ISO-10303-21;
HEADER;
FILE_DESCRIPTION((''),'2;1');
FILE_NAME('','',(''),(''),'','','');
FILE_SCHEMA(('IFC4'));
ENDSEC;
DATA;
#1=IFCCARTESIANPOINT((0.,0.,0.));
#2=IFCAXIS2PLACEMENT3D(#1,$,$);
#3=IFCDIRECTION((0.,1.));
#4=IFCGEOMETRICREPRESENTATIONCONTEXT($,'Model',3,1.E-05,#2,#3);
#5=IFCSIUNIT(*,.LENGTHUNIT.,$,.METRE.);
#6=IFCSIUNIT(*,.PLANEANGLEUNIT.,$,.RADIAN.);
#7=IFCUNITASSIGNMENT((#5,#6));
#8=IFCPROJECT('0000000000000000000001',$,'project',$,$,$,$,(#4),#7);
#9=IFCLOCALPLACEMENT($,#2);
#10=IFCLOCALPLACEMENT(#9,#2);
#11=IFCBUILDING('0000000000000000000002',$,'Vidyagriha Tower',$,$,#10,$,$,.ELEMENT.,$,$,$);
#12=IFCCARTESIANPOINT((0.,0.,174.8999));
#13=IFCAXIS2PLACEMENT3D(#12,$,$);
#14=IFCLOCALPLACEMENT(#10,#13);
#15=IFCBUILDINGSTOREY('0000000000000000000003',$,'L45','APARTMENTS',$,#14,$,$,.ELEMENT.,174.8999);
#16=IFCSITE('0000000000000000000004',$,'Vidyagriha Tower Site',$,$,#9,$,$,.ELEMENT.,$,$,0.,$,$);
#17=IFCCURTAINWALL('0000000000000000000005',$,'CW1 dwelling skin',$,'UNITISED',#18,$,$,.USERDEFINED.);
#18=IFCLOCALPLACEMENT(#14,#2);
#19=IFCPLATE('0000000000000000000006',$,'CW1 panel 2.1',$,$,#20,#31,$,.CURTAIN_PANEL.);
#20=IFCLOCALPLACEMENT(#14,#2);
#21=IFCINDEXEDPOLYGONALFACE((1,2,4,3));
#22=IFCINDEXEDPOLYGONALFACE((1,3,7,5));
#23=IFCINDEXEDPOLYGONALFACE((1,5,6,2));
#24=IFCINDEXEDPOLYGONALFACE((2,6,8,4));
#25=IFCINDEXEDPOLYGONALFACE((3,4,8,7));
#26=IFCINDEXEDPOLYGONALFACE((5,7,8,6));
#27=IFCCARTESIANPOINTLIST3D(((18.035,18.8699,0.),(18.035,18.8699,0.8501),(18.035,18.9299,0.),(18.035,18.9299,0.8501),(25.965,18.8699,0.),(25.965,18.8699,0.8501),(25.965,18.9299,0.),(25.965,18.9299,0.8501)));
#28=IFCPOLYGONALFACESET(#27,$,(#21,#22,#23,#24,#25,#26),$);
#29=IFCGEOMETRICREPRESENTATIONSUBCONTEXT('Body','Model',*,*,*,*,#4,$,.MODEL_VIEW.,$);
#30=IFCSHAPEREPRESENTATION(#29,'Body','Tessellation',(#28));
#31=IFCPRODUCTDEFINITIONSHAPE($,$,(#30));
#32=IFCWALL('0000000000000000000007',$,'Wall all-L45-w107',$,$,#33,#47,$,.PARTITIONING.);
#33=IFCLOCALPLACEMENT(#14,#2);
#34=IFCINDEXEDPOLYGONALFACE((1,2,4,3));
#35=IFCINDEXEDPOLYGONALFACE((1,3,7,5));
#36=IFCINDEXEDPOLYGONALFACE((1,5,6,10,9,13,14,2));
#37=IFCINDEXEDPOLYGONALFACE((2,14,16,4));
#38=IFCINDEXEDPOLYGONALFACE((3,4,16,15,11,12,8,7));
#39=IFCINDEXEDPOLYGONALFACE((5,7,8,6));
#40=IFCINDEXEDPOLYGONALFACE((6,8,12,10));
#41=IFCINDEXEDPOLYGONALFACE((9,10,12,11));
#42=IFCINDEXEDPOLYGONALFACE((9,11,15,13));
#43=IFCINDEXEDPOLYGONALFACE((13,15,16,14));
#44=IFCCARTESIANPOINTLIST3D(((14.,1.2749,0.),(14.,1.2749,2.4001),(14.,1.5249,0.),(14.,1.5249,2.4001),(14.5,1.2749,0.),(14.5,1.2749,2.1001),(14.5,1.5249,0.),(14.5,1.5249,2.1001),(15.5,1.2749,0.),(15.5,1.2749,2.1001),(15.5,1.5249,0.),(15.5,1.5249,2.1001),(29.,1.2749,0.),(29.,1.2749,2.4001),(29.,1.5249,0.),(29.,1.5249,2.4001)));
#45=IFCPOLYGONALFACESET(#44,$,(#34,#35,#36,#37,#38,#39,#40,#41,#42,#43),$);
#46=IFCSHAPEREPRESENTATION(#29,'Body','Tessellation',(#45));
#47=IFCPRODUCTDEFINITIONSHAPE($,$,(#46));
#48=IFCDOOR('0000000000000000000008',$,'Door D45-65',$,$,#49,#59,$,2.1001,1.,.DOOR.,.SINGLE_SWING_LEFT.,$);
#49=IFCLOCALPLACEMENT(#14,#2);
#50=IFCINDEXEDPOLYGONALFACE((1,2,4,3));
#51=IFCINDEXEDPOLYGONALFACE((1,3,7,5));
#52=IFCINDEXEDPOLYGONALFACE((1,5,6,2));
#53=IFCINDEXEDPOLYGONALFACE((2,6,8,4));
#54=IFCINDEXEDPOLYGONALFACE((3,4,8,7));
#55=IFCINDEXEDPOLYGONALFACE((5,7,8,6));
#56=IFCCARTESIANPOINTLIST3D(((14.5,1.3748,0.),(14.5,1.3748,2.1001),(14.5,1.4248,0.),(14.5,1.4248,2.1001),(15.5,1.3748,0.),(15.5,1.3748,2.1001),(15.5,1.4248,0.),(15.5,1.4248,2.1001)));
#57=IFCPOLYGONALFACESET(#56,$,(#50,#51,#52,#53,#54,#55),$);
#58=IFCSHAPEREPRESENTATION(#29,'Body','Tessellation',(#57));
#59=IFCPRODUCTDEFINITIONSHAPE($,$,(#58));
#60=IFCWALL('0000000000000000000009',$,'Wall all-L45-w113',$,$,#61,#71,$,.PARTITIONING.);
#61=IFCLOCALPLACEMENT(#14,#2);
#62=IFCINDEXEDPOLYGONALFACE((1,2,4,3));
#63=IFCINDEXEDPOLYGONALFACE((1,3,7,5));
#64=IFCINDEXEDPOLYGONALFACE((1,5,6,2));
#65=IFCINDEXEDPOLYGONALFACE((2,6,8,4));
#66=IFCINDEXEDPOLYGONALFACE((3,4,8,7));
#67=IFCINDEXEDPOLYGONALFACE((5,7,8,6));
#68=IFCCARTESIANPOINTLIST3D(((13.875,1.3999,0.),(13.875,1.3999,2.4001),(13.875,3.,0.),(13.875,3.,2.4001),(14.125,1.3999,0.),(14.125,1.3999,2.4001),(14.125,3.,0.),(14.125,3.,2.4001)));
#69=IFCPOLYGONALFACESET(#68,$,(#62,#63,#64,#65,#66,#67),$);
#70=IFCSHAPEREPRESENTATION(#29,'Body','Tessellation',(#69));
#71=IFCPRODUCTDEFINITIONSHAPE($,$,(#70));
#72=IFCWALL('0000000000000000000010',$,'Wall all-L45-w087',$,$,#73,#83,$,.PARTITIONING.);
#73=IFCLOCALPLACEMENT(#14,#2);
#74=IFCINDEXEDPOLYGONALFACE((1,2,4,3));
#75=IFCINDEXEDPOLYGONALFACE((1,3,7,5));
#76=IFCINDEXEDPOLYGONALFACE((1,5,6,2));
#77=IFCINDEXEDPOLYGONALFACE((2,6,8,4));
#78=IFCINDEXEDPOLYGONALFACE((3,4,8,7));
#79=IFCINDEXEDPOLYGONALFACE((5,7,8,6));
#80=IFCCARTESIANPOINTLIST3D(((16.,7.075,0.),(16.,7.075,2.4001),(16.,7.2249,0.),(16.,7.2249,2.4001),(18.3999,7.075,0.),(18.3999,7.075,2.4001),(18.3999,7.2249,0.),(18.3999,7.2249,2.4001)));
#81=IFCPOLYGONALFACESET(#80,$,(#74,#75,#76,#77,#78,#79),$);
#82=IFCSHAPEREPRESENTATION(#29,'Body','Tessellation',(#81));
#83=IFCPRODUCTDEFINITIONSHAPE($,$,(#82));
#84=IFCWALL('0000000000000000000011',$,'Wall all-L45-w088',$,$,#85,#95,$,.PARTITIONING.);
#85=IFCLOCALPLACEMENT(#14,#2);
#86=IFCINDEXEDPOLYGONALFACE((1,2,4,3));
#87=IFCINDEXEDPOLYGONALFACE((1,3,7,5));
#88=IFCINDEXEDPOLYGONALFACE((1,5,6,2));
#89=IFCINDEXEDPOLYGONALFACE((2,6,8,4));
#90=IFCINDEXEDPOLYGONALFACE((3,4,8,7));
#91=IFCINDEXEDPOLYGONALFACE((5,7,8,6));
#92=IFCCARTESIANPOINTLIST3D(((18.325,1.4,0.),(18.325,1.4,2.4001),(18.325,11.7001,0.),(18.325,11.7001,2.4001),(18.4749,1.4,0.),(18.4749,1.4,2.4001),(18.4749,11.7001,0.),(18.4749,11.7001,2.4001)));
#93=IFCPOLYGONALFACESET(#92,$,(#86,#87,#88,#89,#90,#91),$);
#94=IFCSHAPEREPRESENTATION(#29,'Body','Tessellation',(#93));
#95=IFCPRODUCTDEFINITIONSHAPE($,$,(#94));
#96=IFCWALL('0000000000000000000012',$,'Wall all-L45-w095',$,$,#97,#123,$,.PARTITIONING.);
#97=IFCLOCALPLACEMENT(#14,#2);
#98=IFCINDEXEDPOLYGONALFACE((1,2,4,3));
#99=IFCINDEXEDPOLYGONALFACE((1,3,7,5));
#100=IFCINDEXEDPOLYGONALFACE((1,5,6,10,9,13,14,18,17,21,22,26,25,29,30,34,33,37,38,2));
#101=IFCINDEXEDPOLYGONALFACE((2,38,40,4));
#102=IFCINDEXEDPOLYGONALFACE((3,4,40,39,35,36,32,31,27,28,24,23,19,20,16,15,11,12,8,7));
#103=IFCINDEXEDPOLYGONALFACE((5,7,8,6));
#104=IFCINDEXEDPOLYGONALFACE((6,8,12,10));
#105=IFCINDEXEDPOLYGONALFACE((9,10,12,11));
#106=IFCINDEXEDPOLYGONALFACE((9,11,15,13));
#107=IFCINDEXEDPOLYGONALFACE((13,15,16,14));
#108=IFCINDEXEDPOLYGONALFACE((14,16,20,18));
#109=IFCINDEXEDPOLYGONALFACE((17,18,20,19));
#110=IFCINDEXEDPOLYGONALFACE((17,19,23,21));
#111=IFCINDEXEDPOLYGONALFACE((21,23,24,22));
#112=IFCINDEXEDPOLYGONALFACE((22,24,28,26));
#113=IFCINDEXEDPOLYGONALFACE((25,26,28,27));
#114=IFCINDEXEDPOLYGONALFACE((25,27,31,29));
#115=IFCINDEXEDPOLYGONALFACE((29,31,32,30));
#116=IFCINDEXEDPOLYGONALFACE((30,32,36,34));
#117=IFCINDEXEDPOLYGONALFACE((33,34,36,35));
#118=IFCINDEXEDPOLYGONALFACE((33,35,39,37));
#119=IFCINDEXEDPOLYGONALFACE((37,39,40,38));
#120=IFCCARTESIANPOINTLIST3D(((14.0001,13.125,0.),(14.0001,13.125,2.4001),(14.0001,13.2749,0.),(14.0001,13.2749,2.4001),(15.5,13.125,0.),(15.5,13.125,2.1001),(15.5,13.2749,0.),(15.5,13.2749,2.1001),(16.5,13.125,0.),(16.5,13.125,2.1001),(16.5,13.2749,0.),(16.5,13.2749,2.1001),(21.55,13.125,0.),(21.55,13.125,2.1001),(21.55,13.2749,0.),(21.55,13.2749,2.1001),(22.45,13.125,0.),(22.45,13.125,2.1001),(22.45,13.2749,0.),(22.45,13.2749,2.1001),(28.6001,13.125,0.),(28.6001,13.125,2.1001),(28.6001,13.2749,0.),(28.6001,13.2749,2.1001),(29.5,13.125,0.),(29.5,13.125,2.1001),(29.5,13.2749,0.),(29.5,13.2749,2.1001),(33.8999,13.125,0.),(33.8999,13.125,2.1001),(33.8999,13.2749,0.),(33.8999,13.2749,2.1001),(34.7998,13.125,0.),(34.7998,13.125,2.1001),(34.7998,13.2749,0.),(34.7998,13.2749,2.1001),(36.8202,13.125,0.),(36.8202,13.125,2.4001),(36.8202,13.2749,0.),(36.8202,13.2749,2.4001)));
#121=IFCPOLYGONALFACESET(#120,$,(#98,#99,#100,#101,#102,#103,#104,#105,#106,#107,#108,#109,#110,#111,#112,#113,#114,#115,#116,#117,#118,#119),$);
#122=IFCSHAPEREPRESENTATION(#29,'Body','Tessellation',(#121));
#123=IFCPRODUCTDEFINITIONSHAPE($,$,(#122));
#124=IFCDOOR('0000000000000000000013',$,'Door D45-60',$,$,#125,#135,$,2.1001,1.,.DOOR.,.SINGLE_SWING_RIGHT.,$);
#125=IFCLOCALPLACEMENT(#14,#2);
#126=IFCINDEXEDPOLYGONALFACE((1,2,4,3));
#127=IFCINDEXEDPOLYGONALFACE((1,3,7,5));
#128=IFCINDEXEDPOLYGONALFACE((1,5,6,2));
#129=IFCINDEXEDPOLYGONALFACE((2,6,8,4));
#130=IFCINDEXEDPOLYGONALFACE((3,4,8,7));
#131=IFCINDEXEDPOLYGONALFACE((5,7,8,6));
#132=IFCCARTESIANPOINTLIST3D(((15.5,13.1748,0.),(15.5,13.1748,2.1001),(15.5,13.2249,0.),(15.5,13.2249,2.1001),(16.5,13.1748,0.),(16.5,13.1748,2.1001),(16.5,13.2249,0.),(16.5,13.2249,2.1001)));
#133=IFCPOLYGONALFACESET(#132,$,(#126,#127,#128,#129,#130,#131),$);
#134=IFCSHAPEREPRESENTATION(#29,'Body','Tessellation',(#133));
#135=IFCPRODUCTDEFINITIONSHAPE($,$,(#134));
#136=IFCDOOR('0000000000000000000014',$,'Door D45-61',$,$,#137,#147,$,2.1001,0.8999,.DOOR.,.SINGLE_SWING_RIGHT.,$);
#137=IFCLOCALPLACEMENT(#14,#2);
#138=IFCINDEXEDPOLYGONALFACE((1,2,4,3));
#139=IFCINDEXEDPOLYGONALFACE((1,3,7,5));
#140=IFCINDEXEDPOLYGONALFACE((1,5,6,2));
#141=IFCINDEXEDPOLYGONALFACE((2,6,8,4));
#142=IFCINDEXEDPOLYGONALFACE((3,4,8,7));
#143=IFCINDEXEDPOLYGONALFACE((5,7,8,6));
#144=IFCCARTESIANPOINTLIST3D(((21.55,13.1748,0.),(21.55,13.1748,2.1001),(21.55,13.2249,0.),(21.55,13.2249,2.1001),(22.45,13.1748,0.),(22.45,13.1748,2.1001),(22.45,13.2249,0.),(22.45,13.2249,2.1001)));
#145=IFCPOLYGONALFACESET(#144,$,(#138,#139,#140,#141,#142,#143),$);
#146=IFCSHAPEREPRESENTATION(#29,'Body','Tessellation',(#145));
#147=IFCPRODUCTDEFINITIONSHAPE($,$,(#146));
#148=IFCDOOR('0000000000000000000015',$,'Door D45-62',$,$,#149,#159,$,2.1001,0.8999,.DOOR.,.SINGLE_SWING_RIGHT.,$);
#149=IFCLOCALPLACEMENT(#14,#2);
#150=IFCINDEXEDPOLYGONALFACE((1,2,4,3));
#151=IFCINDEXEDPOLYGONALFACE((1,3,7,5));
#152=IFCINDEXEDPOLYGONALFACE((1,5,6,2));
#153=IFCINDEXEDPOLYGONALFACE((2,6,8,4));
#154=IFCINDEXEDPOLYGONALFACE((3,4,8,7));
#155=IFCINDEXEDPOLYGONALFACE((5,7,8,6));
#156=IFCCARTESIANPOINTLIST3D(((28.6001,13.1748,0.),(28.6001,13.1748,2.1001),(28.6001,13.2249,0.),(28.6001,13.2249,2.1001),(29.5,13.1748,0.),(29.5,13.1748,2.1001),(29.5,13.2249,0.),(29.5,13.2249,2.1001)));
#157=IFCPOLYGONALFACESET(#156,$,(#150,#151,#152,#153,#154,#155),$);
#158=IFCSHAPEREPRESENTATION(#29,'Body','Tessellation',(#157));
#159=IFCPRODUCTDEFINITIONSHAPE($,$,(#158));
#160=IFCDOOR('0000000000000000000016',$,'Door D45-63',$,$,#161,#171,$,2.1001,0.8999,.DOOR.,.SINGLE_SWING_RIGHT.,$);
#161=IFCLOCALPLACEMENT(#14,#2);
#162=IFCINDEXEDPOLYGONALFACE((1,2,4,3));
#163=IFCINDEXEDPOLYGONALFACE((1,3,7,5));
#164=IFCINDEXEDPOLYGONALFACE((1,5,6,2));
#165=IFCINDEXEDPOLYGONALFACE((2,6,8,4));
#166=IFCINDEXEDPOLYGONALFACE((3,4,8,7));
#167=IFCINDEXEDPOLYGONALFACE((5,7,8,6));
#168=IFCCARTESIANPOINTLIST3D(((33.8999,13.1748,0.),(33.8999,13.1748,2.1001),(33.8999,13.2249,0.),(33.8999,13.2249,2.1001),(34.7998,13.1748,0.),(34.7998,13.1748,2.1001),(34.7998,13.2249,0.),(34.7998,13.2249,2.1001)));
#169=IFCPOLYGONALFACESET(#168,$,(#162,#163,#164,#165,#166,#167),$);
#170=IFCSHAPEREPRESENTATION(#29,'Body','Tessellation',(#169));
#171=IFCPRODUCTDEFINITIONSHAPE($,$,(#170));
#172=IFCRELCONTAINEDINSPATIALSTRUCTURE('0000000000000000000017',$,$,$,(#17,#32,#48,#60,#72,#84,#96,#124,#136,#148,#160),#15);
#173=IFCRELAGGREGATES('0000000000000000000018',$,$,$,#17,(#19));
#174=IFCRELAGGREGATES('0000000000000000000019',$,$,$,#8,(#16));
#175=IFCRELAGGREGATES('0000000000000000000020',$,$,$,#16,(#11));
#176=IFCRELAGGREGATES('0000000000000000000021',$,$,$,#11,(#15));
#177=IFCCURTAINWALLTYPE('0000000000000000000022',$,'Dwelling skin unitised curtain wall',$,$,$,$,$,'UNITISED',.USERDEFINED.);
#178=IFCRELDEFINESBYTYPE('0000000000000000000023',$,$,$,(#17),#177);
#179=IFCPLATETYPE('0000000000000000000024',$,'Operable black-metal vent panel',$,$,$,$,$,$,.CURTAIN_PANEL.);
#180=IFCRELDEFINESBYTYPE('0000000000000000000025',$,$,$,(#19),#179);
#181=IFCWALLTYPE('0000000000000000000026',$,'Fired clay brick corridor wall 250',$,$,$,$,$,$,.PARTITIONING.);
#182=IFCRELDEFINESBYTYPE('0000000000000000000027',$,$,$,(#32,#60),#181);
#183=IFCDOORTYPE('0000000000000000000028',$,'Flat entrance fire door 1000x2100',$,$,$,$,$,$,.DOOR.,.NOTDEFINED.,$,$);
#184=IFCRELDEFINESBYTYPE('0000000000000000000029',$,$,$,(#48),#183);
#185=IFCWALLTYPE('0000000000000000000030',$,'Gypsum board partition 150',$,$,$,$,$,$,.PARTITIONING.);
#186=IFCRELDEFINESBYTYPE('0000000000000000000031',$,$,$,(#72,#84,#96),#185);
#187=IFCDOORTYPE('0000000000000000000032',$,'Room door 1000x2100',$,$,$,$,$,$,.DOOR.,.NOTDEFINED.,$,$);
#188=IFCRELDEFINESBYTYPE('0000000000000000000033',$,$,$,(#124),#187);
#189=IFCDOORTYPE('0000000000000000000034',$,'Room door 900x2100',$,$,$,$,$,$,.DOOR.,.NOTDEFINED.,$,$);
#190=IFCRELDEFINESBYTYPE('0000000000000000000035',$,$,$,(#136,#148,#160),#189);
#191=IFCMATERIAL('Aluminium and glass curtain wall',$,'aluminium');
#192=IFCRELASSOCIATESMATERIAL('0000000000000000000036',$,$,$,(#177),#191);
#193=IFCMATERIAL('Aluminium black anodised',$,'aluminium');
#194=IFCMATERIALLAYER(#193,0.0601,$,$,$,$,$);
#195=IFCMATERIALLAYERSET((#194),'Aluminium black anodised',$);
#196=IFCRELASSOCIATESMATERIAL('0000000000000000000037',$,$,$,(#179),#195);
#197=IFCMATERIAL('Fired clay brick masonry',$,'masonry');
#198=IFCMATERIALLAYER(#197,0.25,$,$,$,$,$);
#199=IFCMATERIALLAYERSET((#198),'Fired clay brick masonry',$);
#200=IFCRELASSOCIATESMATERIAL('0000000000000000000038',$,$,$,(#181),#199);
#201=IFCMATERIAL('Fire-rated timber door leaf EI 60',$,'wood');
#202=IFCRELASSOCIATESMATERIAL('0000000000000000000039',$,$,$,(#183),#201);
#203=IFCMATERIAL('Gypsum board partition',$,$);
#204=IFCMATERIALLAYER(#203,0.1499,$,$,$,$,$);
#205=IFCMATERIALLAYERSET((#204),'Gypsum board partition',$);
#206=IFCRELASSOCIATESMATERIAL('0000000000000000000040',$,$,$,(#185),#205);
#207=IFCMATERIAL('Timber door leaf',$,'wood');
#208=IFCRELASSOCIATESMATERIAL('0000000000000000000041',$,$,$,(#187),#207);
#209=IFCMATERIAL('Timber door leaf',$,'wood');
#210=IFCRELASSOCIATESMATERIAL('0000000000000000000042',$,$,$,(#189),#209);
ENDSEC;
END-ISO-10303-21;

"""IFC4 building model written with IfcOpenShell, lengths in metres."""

from ifc_helpers import new_model, si_unit, direction, frame, frame_2d, origin, origin_2d, place, context, subcontext, project, spatial, rectangle, extrude, material, layer, layer_set, type_object, element, fill, aggregate, save


model = new_model("IFC4")

# Units and contexts
model_context = context("Model", 3, precision=1e-05, world=origin(), true_north=direction((0.0, 1.0)))
body_context = subcontext(model_context, "Body", "Model", "MODEL_VIEW")
ifc_project = project(units=[si_unit("LENGTHUNIT", "METRE"), si_unit("PLANEANGLEUNIT", "RADIAN")], contexts=[model_context])

# Site, building, storey
site_placement = place(None, origin())
site = spatial("IfcSite", under=ifc_project, at=site_placement, Name="Vidyagriha Tower Site", CompositionType="ELEMENT", RefElevation=0.0)
building_placement = place(site_placement, origin())
building = spatial("IfcBuilding", under=site, at=building_placement, Name="Vidyagriha Tower", CompositionType="ELEMENT")
storey_placement = place(building_placement, frame((0.0, 0.0, 174.8999)))
storey = spatial("IfcBuildingStorey", under=building, at=storey_placement, Name="L45", Description="APARTMENTS", CompositionType="ELEMENT", Elevation=174.8999)

# Curtain wall, plate
ifc_material_1 = material(Name="Aluminium and glass curtain wall", Category="aluminium")
curtain_wall_type = type_object("IfcCurtainWallType", Name="Dwelling skin unitised curtain wall", ElementType="UNITISED", PredefinedType="USERDEFINED", material=ifc_material_1)
curtain_wall_placement = place(storey_placement, origin())
curtain_wall = element("IfcCurtainWall", 1, at=curtain_wall_placement, inside=storey, type_object=curtain_wall_type, Name="CW1 dwelling skin", ObjectType="UNITISED", PredefinedType="USERDEFINED")
ifc_material_2 = material(Name="Aluminium black anodised", Category="aluminium")
ifc_layer_1 = layer(ifc_material_2, 0.0601)
ifc_layer_set_1 = layer_set([ifc_layer_1], Name="Aluminium black anodised")
plate_type_1 = type_object("IfcPlateType", Name="Operable black-metal vent panel", PredefinedType="CURTAIN_PANEL", material=ifc_layer_set_1)
plate_1_placement = place(storey_placement, frame((22.0, 18.8999, 0.0), z_axis=(0.0, 0.0, 1.0), x_axis=(-1.0, 0.0, 0.0)))
plate_1 = element("IfcPlate", 2, at=plate_1_placement, type_object=plate_type_1, Name="CW1 panel 2.1", PredefinedType="CURTAIN_PANEL", context=body_context, shape_type="SweptSolid", body=[
    extrude(rectangle(XDim=7.9299, YDim=0.0601, at=origin_2d()), origin(), (0.0, 0.0, 1.0), 0.8501),
])
aggregate(curtain_wall, [plate_1])

# Wall, opening, door
ifc_material_3 = material(Name="Fired clay brick masonry", Category="masonry")
ifc_layer_2 = layer(ifc_material_3, 0.25)
ifc_layer_set_2 = layer_set([ifc_layer_2], Name="Fired clay brick masonry")
wall_type_1 = type_object("IfcWallType", Name="Fired clay brick corridor wall 250", PredefinedType="PARTITIONING", material=ifc_layer_set_2)
wall_1_placement = place(storey_placement, frame((14.0, 1.3999, 0.0)))
wall_1 = element("IfcWall", 3, at=wall_1_placement, inside=storey, type_object=wall_type_1, Name="Wall all-L45-w107", PredefinedType="PARTITIONING", context=body_context, shape_type="SweptSolid", body=[
    extrude(rectangle(XDim=15.0, YDim=0.25, at=frame_2d((7.5, 0.0))), origin(), (0.0, 0.0, 1.0), 2.4001),
])
opening_1_placement = place(wall_1_placement, frame((0.5, 0.0, 0.0)))
opening_1 = element("IfcOpeningElement", 4, at=opening_1_placement, cuts=wall_1, PredefinedType="OPENING", context=body_context, shape_type="SweptSolid", body=[
    extrude(rectangle(XDim=1.0, YDim=2.1001, at=frame_2d((0.5, 1.05))), frame((0.0, 0.135, 0.0), z_axis=(0.0, -1.0, 0.0), x_axis=(1.0, 0.0, 0.0)), (0.0, 0.0, 1.0), 0.27),
])
ifc_material_4 = material(Name="Fire-rated timber door leaf EI 60", Category="wood")
door_type_1 = type_object("IfcDoorType", Name="Flat entrance fire door 1000x2100", OperationType="NOTDEFINED", PredefinedType="DOOR", material=ifc_material_4)
door_1_placement = place(opening_1_placement, origin())
door_1 = element("IfcDoor", 5, at=door_1_placement, inside=storey, type_object=door_type_1, Name="Door D45-65", OperationType="SINGLE_SWING_LEFT", OverallHeight=2.1001, OverallWidth=1.0, PredefinedType="DOOR", context=body_context, shape_type="SweptSolid", body=[
    extrude(rectangle(XDim=1.0, YDim=2.1001, at=frame_2d((0.5, 1.05))), frame((0.0, 0.0249, 0.0), z_axis=(0.0, -1.0, 0.0), x_axis=(1.0, 0.0, 0.0)), (0.0, 0.0, 1.0), 0.05),
])
fill(opening_1, door_1)

# Walls
wall_2_placement = place(storey_placement, frame((14.0, 1.3999, 0.0), z_axis=(0.0, 0.0, 1.0), x_axis=(0.0, 1.0, 0.0)))
element("IfcWall", 6, at=wall_2_placement, inside=storey, type_object=wall_type_1, Name="Wall all-L45-w113", PredefinedType="PARTITIONING", context=body_context, shape_type="SweptSolid", body=[
    extrude(rectangle(XDim=1.6001, YDim=0.25, at=frame_2d((0.8, 0.0))), origin(), (0.0, 0.0, 1.0), 2.4001),
])
ifc_material_5 = material(Name="Gypsum board partition")
ifc_layer_3 = layer(ifc_material_5, 0.1499)
ifc_layer_set_3 = layer_set([ifc_layer_3], Name="Gypsum board partition")
wall_type_2 = type_object("IfcWallType", Name="Gypsum board partition 150", PredefinedType="PARTITIONING", material=ifc_layer_set_3)
wall_3_placement = place(storey_placement, frame((16.0, 7.1499, 0.0)))
element("IfcWall", 7, at=wall_3_placement, inside=storey, type_object=wall_type_2, Name="Wall all-L45-w087", PredefinedType="PARTITIONING", context=body_context, shape_type="SweptSolid", body=[
    extrude(rectangle(XDim=2.3999, YDim=0.1499, at=frame_2d((1.2, 0.0))), origin(), (0.0, 0.0, 1.0), 2.4001),
])
wall_4_placement = place(storey_placement, frame((18.3999, 11.7, 0.0), z_axis=(0.0, 0.0, 1.0), x_axis=(0.0, -1.0, 0.0)))
element("IfcWall", 8, at=wall_4_placement, inside=storey, type_object=wall_type_2, Name="Wall all-L45-w088", PredefinedType="PARTITIONING", context=body_context, shape_type="SweptSolid", body=[
    extrude(rectangle(XDim=10.3, YDim=0.1499, at=frame_2d((5.1499, 0.0))), origin(), (0.0, 0.0, 1.0), 2.4001),
])

# Wall, openings, doors
wall_5_placement = place(storey_placement, frame((14.0, 13.2, 0.0)))
wall_5 = element("IfcWall", 9, at=wall_5_placement, inside=storey, type_object=wall_type_2, Name="Wall all-L45-w095", PredefinedType="PARTITIONING", context=body_context, shape_type="SweptSolid", body=[
    extrude(rectangle(XDim=22.8201, YDim=0.1499, at=frame_2d((11.4102, 0.0))), origin(), (0.0, 0.0, 1.0), 2.4001),
])
opening_2_placement = place(wall_5_placement, frame((1.5, 0.0, 0.0)))
opening_2 = element("IfcOpeningElement", 10, at=opening_2_placement, cuts=wall_5, PredefinedType="OPENING", context=body_context, shape_type="SweptSolid", body=[
    extrude(rectangle(XDim=1.0, YDim=2.1001, at=frame_2d((0.5, 1.05))), frame((0.0, 0.085, 0.0), z_axis=(0.0, -1.0, 0.0), x_axis=(1.0, 0.0, 0.0)), (0.0, 0.0, 1.0), 0.1699),
])
opening_3_placement = place(wall_5_placement, frame((7.55, 0.0, 0.0)))
opening_3 = element("IfcOpeningElement", 11, at=opening_3_placement, cuts=wall_5, PredefinedType="OPENING", context=body_context, shape_type="SweptSolid", body=[
    extrude(rectangle(XDim=0.8999, YDim=2.1001, at=frame_2d((0.45, 1.05))), frame((0.0, 0.085, 0.0), z_axis=(0.0, -1.0, 0.0), x_axis=(1.0, 0.0, 0.0)), (0.0, 0.0, 1.0), 0.1699),
])
opening_4_placement = place(wall_5_placement, frame((14.6001, 0.0, 0.0)))
opening_4 = element("IfcOpeningElement", 12, at=opening_4_placement, cuts=wall_5, PredefinedType="OPENING", context=body_context, shape_type="SweptSolid", body=[
    extrude(rectangle(XDim=0.8999, YDim=2.1001, at=frame_2d((0.45, 1.05))), frame((0.0, 0.085, 0.0), z_axis=(0.0, -1.0, 0.0), x_axis=(1.0, 0.0, 0.0)), (0.0, 0.0, 1.0), 0.1699),
])
opening_5_placement = place(wall_5_placement, frame((19.8999, 0.0, 0.0)))
opening_5 = element("IfcOpeningElement", 13, at=opening_5_placement, cuts=wall_5, PredefinedType="OPENING", context=body_context, shape_type="SweptSolid", body=[
    extrude(rectangle(XDim=0.8999, YDim=2.1001, at=frame_2d((0.45, 1.05))), frame((0.0, 0.085, 0.0), z_axis=(0.0, -1.0, 0.0), x_axis=(1.0, 0.0, 0.0)), (0.0, 0.0, 1.0), 0.1699),
])
ifc_material_6 = material(Name="Timber door leaf", Category="wood")
door_type_2 = type_object("IfcDoorType", Name="Room door 1000x2100", OperationType="NOTDEFINED", PredefinedType="DOOR", material=ifc_material_6)
door_2_placement = place(opening_2_placement, origin())
door_2 = element("IfcDoor", 14, at=door_2_placement, inside=storey, type_object=door_type_2, Name="Door D45-60", OperationType="SINGLE_SWING_RIGHT", OverallHeight=2.1001, OverallWidth=1.0, PredefinedType="DOOR", context=body_context, shape_type="SweptSolid", body=[
    extrude(rectangle(XDim=1.0, YDim=2.1001, at=frame_2d((0.5, 1.05))), frame((0.0, 0.0249, 0.0), z_axis=(0.0, -1.0, 0.0), x_axis=(1.0, 0.0, 0.0)), (0.0, 0.0, 1.0), 0.05),
])
fill(opening_2, door_2)
ifc_material_7 = material(Name="Timber door leaf", Category="wood")
door_type_3 = type_object("IfcDoorType", Name="Room door 900x2100", OperationType="NOTDEFINED", PredefinedType="DOOR", material=ifc_material_7)
door_3_placement = place(opening_3_placement, origin())
door_3 = element("IfcDoor", 15, at=door_3_placement, inside=storey, type_object=door_type_3, Name="Door D45-61", OperationType="SINGLE_SWING_RIGHT", OverallHeight=2.1001, OverallWidth=0.8999, PredefinedType="DOOR", context=body_context, shape_type="SweptSolid", body=[
    extrude(rectangle(XDim=0.8999, YDim=2.1001, at=frame_2d((0.45, 1.05))), frame((0.0, 0.0249, 0.0), z_axis=(0.0, -1.0, 0.0), x_axis=(1.0, 0.0, 0.0)), (0.0, 0.0, 1.0), 0.05),
])
fill(opening_3, door_3)
door_4_placement = place(opening_4_placement, origin())
door_4 = element("IfcDoor", 16, at=door_4_placement, inside=storey, type_object=door_type_3, Name="Door D45-62", OperationType="SINGLE_SWING_RIGHT", OverallHeight=2.1001, OverallWidth=0.8999, PredefinedType="DOOR", context=body_context, shape_type="SweptSolid", body=[
    extrude(rectangle(XDim=0.8999, YDim=2.1001, at=frame_2d((0.45, 1.05))), frame((0.0, 0.0249, 0.0), z_axis=(0.0, -1.0, 0.0), x_axis=(1.0, 0.0, 0.0)), (0.0, 0.0, 1.0), 0.05),
])
fill(opening_4, door_4)
door_5_placement = place(opening_5_placement, origin())
door_5 = element("IfcDoor", 17, at=door_5_placement, inside=storey, type_object=door_type_3, Name="Door D45-63", OperationType="SINGLE_SWING_RIGHT", OverallHeight=2.1001, OverallWidth=0.8999, PredefinedType="DOOR", context=body_context, shape_type="SweptSolid", body=[
    extrude(rectangle(XDim=0.8999, YDim=2.1001, at=frame_2d((0.45, 1.05))), frame((0.0, 0.0249, 0.0), z_axis=(0.0, -1.0, 0.0), x_axis=(1.0, 0.0, 0.0)), (0.0, 0.0, 1.0), 0.05),
])
fill(opening_5, door_5)

save(model, "model.ifc")
